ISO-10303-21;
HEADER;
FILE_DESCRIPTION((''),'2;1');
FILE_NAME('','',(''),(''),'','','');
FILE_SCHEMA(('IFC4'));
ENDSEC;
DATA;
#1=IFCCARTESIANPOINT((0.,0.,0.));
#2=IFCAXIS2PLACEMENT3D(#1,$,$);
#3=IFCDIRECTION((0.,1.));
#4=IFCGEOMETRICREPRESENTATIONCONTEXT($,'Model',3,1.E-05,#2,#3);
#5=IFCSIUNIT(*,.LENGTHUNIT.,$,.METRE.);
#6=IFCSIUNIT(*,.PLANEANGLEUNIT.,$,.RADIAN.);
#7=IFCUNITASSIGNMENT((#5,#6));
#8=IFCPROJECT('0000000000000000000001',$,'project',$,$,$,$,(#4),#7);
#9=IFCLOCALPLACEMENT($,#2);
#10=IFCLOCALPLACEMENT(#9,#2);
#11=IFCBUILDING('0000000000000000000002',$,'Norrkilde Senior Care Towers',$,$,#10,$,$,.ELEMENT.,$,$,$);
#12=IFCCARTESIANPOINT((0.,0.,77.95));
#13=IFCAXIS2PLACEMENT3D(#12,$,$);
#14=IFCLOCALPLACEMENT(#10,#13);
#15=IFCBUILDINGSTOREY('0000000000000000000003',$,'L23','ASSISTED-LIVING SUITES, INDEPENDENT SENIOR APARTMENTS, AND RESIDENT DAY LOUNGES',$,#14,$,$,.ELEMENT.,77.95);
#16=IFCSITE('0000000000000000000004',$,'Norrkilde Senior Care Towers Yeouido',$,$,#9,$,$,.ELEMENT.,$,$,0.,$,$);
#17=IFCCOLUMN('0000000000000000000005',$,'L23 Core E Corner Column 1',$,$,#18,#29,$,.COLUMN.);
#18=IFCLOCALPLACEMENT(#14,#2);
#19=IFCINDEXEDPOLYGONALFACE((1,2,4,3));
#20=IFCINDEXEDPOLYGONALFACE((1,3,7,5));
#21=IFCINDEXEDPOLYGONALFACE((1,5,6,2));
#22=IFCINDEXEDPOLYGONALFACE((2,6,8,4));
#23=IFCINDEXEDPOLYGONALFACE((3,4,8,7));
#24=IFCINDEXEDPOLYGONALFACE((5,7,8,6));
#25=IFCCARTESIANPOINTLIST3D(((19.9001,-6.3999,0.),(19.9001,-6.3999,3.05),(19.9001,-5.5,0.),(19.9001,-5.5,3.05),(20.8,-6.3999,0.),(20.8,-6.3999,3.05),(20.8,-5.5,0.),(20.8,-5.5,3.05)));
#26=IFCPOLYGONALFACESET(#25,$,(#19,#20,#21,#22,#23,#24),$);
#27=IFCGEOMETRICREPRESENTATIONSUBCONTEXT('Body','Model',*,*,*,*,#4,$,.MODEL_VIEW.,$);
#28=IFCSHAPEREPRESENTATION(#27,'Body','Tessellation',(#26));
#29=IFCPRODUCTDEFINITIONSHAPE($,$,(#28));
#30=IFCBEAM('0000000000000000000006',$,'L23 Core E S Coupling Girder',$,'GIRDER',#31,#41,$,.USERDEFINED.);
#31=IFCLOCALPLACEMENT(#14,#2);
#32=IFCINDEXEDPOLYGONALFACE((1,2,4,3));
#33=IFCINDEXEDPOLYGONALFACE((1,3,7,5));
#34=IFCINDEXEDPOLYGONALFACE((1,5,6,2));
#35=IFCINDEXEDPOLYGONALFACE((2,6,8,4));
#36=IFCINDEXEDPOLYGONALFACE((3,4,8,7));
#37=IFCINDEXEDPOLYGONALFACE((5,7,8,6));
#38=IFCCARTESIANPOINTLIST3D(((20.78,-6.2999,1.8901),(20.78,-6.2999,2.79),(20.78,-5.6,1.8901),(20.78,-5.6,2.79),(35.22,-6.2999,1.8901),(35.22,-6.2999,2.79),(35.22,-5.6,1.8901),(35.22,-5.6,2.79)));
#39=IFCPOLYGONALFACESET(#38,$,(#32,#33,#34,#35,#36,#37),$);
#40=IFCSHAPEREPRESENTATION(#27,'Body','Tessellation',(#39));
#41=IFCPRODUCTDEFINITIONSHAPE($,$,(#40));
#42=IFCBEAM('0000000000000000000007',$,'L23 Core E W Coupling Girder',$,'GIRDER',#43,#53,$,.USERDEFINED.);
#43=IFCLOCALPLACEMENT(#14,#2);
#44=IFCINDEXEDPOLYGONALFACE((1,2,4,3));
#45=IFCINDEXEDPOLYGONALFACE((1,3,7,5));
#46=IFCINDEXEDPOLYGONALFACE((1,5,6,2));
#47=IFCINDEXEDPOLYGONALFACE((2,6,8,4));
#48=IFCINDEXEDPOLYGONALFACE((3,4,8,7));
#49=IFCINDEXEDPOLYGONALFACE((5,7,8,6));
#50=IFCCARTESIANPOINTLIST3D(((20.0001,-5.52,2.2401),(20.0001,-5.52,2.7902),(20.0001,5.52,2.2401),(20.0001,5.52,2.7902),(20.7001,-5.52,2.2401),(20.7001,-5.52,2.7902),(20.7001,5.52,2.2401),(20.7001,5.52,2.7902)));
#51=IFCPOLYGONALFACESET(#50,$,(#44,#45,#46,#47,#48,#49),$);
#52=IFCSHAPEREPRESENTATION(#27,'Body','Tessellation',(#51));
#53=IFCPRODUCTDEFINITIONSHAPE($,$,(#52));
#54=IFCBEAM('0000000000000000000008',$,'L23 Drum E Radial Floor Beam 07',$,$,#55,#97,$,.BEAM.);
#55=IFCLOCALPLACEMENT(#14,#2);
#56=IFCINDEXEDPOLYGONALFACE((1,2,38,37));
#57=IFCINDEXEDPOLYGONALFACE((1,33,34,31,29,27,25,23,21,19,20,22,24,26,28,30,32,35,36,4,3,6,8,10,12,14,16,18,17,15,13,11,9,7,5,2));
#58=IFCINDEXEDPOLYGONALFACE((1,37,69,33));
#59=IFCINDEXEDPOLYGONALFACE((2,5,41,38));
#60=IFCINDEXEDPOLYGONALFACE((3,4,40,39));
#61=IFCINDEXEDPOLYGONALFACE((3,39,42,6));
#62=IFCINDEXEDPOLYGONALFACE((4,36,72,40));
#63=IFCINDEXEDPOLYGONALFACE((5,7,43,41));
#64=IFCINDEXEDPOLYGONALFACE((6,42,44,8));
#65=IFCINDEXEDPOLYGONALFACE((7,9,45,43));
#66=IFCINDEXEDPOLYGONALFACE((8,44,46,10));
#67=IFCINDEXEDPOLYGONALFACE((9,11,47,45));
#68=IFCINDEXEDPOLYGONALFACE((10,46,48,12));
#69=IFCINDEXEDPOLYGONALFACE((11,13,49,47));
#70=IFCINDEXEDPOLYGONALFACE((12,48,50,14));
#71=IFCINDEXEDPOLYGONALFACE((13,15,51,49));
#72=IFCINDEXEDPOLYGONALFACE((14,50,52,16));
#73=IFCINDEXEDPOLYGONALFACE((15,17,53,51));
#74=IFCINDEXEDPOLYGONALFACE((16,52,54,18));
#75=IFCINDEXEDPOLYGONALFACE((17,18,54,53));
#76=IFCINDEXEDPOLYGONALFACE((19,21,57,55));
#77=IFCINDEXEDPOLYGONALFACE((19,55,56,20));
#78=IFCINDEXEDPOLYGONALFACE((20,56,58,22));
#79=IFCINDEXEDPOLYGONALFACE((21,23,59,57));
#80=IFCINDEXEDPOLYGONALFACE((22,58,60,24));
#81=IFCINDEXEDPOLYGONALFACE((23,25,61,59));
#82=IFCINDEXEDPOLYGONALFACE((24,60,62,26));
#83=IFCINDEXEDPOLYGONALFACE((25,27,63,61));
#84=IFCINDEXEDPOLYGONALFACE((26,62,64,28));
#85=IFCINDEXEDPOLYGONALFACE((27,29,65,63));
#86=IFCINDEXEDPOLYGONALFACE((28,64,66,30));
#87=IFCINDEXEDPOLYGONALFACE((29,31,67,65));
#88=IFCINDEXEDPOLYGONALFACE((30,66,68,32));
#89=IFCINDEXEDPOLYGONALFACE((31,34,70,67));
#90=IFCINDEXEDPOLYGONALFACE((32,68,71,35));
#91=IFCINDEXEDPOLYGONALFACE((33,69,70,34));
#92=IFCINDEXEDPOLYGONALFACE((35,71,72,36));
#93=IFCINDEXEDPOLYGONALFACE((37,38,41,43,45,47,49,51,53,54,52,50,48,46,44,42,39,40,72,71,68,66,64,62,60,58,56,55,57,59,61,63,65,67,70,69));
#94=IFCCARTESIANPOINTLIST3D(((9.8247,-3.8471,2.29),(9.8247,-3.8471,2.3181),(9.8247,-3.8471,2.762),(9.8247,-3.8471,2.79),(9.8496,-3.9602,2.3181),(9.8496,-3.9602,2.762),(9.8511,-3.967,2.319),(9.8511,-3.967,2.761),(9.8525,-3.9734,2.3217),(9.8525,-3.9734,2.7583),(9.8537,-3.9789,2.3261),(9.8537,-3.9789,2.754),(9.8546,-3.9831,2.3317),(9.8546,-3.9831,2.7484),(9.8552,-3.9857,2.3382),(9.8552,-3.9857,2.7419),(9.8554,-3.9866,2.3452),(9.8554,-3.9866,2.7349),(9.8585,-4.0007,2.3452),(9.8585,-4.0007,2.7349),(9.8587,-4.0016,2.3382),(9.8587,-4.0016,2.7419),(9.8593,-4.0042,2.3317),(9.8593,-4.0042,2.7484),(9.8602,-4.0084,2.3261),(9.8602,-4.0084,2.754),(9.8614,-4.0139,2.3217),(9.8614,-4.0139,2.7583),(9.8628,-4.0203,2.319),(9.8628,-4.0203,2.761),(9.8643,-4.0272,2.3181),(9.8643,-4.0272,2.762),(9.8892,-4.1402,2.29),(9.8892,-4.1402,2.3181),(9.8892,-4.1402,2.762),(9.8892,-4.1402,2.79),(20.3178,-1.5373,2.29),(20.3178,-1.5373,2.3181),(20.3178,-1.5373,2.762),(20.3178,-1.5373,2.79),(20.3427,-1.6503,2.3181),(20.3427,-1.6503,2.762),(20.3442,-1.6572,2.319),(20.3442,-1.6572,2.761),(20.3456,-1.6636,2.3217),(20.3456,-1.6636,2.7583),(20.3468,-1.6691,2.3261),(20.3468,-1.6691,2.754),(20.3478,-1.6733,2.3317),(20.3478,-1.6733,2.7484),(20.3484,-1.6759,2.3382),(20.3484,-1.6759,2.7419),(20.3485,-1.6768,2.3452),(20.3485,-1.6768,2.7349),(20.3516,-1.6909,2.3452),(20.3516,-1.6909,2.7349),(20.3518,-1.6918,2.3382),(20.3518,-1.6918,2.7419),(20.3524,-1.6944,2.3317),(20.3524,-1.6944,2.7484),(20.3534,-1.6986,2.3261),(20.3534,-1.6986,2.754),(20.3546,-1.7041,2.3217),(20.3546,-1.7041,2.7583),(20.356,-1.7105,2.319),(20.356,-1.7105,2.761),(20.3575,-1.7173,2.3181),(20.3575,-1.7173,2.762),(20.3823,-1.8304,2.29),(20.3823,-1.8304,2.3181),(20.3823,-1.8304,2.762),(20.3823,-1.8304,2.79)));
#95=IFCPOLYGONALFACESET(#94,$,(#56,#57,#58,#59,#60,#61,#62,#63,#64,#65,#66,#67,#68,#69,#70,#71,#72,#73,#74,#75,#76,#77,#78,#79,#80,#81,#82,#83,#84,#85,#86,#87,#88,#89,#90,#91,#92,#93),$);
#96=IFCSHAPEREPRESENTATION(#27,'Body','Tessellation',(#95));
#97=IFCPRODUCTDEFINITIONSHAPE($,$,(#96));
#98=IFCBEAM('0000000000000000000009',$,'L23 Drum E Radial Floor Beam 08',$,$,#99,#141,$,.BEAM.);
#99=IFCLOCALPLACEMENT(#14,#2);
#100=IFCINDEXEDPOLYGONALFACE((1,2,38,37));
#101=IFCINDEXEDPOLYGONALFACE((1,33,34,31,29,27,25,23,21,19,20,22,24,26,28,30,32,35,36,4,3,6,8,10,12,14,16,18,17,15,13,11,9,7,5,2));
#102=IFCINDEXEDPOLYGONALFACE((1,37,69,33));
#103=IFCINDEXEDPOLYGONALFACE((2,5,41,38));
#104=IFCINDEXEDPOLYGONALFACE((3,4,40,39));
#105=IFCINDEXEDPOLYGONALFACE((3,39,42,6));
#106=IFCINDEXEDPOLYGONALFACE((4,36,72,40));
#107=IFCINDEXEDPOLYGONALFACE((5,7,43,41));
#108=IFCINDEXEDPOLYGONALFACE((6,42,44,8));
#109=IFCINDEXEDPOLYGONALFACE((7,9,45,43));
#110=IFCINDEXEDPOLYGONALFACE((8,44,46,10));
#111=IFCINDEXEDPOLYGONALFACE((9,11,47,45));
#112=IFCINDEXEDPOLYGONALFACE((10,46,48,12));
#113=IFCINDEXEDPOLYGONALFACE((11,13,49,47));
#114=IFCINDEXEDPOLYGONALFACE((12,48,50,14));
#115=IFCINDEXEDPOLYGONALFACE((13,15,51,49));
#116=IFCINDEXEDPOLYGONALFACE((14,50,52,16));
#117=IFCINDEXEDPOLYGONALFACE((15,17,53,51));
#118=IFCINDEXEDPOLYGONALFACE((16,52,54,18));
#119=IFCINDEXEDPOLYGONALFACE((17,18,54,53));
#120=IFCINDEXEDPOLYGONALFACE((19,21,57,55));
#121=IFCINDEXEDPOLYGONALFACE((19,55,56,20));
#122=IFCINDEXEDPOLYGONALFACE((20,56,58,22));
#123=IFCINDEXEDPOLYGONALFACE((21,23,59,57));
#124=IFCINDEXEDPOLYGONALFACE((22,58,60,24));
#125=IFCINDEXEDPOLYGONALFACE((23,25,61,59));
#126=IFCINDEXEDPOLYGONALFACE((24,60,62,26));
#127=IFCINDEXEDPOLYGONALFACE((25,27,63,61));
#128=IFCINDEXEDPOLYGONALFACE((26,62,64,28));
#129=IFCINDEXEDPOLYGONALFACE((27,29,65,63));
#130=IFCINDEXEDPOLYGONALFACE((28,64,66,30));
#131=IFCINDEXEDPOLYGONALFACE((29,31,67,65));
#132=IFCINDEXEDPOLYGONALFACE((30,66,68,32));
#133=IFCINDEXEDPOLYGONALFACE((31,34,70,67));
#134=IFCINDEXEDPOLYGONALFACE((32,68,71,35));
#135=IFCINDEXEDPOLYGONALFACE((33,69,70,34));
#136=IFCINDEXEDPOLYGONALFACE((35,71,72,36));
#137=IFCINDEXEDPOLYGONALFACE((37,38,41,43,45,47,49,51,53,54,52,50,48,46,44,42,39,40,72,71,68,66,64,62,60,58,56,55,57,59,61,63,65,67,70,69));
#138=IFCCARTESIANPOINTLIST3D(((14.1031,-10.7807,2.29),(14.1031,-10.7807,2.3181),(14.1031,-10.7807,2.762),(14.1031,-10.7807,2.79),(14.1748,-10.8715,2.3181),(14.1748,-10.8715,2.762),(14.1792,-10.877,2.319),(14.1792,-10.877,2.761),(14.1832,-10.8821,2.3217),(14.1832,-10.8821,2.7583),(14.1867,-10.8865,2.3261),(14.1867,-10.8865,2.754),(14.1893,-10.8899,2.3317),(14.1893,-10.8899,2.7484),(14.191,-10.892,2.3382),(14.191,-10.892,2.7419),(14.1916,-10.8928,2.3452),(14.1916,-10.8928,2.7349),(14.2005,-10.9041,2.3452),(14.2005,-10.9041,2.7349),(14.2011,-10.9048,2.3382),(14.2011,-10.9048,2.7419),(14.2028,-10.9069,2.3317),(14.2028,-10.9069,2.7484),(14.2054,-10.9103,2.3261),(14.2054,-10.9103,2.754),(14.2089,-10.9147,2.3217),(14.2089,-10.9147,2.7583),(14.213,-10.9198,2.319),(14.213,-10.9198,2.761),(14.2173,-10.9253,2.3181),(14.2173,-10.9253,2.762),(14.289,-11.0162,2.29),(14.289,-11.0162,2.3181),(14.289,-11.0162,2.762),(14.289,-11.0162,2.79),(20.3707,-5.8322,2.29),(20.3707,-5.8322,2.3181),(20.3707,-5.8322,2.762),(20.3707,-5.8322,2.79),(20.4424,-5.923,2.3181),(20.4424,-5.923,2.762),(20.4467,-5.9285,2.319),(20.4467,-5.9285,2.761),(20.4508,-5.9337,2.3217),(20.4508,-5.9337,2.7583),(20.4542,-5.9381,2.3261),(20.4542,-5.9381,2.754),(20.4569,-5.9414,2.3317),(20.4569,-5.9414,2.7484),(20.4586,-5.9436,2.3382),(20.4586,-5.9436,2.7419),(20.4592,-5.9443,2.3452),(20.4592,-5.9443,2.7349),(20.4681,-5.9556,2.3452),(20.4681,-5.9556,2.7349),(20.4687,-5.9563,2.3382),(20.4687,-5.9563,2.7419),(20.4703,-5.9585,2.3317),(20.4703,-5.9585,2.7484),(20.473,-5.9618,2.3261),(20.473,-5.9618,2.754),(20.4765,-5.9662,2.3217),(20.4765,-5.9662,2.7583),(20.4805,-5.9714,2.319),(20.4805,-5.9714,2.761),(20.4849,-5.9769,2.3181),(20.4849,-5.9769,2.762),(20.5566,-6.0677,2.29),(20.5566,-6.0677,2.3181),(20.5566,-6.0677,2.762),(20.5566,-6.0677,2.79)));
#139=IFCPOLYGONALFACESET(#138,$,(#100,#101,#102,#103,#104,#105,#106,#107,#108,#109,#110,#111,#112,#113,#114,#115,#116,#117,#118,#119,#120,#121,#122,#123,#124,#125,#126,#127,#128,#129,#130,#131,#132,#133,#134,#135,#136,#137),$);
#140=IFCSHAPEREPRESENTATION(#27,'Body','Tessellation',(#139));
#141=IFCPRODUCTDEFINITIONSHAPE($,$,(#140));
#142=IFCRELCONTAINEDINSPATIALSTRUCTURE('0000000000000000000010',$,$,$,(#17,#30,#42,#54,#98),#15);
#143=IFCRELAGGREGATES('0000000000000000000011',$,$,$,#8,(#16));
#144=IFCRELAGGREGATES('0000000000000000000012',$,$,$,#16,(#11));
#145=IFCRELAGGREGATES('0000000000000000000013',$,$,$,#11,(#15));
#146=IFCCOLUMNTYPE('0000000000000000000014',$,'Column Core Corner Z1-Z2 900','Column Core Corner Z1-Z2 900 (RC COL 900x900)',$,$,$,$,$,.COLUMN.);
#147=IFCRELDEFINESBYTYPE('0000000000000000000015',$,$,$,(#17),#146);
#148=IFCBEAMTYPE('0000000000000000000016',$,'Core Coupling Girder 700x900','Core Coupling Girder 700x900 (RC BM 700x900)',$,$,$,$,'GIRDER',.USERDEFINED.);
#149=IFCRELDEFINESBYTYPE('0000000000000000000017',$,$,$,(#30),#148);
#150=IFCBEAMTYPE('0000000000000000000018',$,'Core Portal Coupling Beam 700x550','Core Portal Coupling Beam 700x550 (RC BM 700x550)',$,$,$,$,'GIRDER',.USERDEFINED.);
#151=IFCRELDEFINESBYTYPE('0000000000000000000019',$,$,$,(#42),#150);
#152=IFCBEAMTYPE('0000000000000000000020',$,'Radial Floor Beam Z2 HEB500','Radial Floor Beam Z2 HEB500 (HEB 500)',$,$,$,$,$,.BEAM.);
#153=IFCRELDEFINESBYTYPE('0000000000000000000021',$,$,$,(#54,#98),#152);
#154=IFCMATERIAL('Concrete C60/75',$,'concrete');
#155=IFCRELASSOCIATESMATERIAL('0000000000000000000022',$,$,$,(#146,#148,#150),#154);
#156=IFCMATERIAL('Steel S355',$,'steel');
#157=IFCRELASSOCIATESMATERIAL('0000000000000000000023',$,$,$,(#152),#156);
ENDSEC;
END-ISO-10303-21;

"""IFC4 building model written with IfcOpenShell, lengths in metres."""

from ifc_helpers import new_model, si_unit, direction, frame, origin, origin_2d, place, context, subcontext, project, spatial, rectangle, i_section, extrude, source, transform, mapped, material, material_profile, profile_set, type_object, type_shapes, element, save


model = new_model("IFC4")

# Units and contexts
model_context = context("Model", 3, precision=1e-05, world=origin(), true_north=direction((0.0, 1.0)))
body_context = subcontext(model_context, "Body", "Model", "MODEL_VIEW")
ifc_project = project(units=[si_unit("LENGTHUNIT", "METRE"), si_unit("PLANEANGLEUNIT", "RADIAN")], contexts=[model_context])

# Site, building, storey
site_placement = place(None, origin())
site = spatial("IfcSite", under=ifc_project, at=site_placement, Name="Norrkilde Senior Care Towers Yeouido", CompositionType="ELEMENT", RefElevation=0.0)
building_placement = place(site_placement, origin())
building = spatial("IfcBuilding", under=site, at=building_placement, Name="Norrkilde Senior Care Towers", CompositionType="ELEMENT")
storey_placement = place(building_placement, frame((0.0, 0.0, 77.95)))
storey = spatial("IfcBuildingStorey", under=building, at=storey_placement, Name="L23", Description="ASSISTED-LIVING SUITES, INDEPENDENT SENIOR APARTMENTS, AND RESIDENT DAY LOUNGES", CompositionType="ELEMENT", Elevation=77.95)

# Column
ifc_material_1 = material(Name="Concrete C60/75", Category="concrete")
ifc_material_profile_1 = material_profile(ifc_material_1, rectangle(XDim=0.8999, YDim=0.8999, at=origin_2d()), Name="RC COL 900x900")
ifc_profile_set_1 = profile_set([ifc_material_profile_1], Name="Concrete C60/75")
column_type = type_object("IfcColumnType", Name="Column Core Corner Z1-Z2 900", Description="Column Core Corner Z1-Z2 900 (RC COL 900x900)", PredefinedType="COLUMN", material=ifc_profile_set_1)
shared_shape_1 = source(origin(), body_context, "Body", "SweptSolid", [
    extrude(rectangle(XDim=0.8999, YDim=0.8999, at=origin_2d()), origin(), (0.0, 0.0, 1.0), 3.05),
])
type_shapes(column_type, [shared_shape_1])
column_placement = place(storey_placement, frame((20.3501, -5.95, 0.0), z_axis=(0.0, 0.0, 1.0), x_axis=(1.0, 0.0, 0.0)))
element("IfcColumn", 1, at=column_placement, inside=storey, type_object=column_type, Name="L23 Core E Corner Column 1", PredefinedType="COLUMN", context=body_context, shape_type="MappedRepresentation", body=[
    mapped(shared_shape_1, transform((0.0, 0.0, 0.0), x_axis=(1.0, 0.0, 0.0), y_axis=(0.0, 1.0, 0.0), z_axis=(0.0, 0.0, 1.0), scale=1.0)),
])

# Beams
ifc_material_profile_2 = material_profile(ifc_material_1, rectangle(XDim=0.7, YDim=0.8999, at=origin_2d()), Name="RC BM 700x900")
ifc_profile_set_2 = profile_set([ifc_material_profile_2], Name="Concrete C60/75")
beam_type_1 = type_object("IfcBeamType", Name="Core Coupling Girder 700x900", Description="Core Coupling Girder 700x900 (RC BM 700x900)", ElementType="GIRDER", PredefinedType="USERDEFINED", material=ifc_profile_set_2)
shared_shape_2 = source(origin(), body_context, "Body", "SweptSolid", [
    extrude(rectangle(XDim=0.7, YDim=0.8999, at=origin_2d()), origin(), (0.0, 0.0, 1.0), 14.4399),
])
type_shapes(beam_type_1, [shared_shape_2])
beam_1_placement = place(storey_placement, frame((20.78, -5.95, 2.3401), z_axis=(1.0, 0.0, 0.0), x_axis=(0.0, 1.0, 0.0)))
element("IfcBeam", 2, at=beam_1_placement, inside=storey, type_object=beam_type_1, Name="L23 Core E S Coupling Girder", ObjectType="GIRDER", PredefinedType="USERDEFINED", context=body_context, shape_type="MappedRepresentation", body=[
    mapped(shared_shape_2, transform((0.0, 0.0, 0.0), x_axis=(1.0, 0.0, 0.0), y_axis=(0.0, 1.0, 0.0), z_axis=(0.0, 0.0, 1.0), scale=1.0)),
])
ifc_material_profile_3 = material_profile(ifc_material_1, rectangle(XDim=0.7, YDim=0.55, at=origin_2d()), Name="RC BM 700x550")
ifc_profile_set_3 = profile_set([ifc_material_profile_3], Name="Concrete C60/75")
beam_type_2 = type_object("IfcBeamType", Name="Core Portal Coupling Beam 700x550", Description="Core Portal Coupling Beam 700x550 (RC BM 700x550)", ElementType="GIRDER", PredefinedType="USERDEFINED", material=ifc_profile_set_3)
shared_shape_3 = source(origin(), body_context, "Body", "SweptSolid", [
    extrude(rectangle(XDim=0.7, YDim=0.55, at=origin_2d()), origin(), (0.0, 0.0, 1.0), 11.04),
])
type_shapes(beam_type_2, [shared_shape_3])
beam_2_placement = place(storey_placement, frame((20.3501, -5.52, 2.5151), z_axis=(0.0, 1.0, 0.0), x_axis=(-1.0, 0.0, 0.0)))
element("IfcBeam", 3, at=beam_2_placement, inside=storey, type_object=beam_type_2, Name="L23 Core E W Coupling Girder", ObjectType="GIRDER", PredefinedType="USERDEFINED", context=body_context, shape_type="MappedRepresentation", body=[
    mapped(shared_shape_3, transform((0.0, 0.0, 0.0), x_axis=(1.0, 0.0, 0.0), y_axis=(0.0, 1.0, 0.0), z_axis=(0.0, 0.0, 1.0), scale=1.0)),
])
ifc_material_2 = material(Name="Steel S355", Category="steel")
ifc_material_profile_4 = material_profile(ifc_material_2, i_section(OverallWidth=0.3, OverallDepth=0.5, WebThickness=0.0144, FlangeThickness=0.0281, FilletRadius=0.0271, at=origin_2d()), Name="HEB 500")
ifc_profile_set_4 = profile_set([ifc_material_profile_4], Name="Steel S355")
beam_type_3 = type_object("IfcBeamType", Name="Radial Floor Beam Z2 HEB500", Description="Radial Floor Beam Z2 HEB500 (HEB 500)", PredefinedType="BEAM", material=ifc_profile_set_4)
shared_shape_4 = source(origin(), body_context, "Body", "SweptSolid", [
    extrude(i_section(OverallWidth=0.3, OverallDepth=0.5, WebThickness=0.0144, FlangeThickness=0.0281, FilletRadius=0.0271, at=origin_2d()), origin(), (0.0, 0.0, 1.0), 10.7444),
])
beam_3_placement = place(storey_placement, frame((20.3501, -1.6838, 2.54), z_axis=(-0.976619, -0.214979, 0.0), x_axis=(0.214979, -0.976619, 0.0)))
element("IfcBeam", 4, at=beam_3_placement, inside=storey, type_object=beam_type_3, Name="L23 Drum E Radial Floor Beam 07", PredefinedType="BEAM", context=body_context, shape_type="MappedRepresentation", body=[
    mapped(shared_shape_4, transform((0.0, 0.0, 0.0), x_axis=(1.0, 0.0, 0.0), y_axis=(0.0, 1.0, 0.0), z_axis=(0.0, 0.0, 1.0), scale=1.0)),
])
shared_shape_5 = source(origin(), body_context, "Body", "SweptSolid", [
    extrude(i_section(OverallWidth=0.3, OverallDepth=0.5, WebThickness=0.0144, FlangeThickness=0.0281, FilletRadius=0.0271, at=origin_2d()), origin(), (0.0, 0.0, 1.0), 7.9856),
])
type_shapes(beam_type_3, [shared_shape_4, shared_shape_5])
beam_4_placement = place(storey_placement, frame((20.4636, -5.95, 2.54), z_axis=(-0.784859, -0.619675, 0.0), x_axis=(0.619675, -0.784859, 0.0)))
element("IfcBeam", 5, at=beam_4_placement, inside=storey, type_object=beam_type_3, Name="L23 Drum E Radial Floor Beam 08", PredefinedType="BEAM", context=body_context, shape_type="MappedRepresentation", body=[
    mapped(shared_shape_5, transform((0.0, 0.0, 0.0), x_axis=(1.0, 0.0, 0.0), y_axis=(0.0, 1.0, 0.0), z_axis=(0.0, 0.0, 1.0), scale=1.0)),
])

save(model, "model.ifc")
